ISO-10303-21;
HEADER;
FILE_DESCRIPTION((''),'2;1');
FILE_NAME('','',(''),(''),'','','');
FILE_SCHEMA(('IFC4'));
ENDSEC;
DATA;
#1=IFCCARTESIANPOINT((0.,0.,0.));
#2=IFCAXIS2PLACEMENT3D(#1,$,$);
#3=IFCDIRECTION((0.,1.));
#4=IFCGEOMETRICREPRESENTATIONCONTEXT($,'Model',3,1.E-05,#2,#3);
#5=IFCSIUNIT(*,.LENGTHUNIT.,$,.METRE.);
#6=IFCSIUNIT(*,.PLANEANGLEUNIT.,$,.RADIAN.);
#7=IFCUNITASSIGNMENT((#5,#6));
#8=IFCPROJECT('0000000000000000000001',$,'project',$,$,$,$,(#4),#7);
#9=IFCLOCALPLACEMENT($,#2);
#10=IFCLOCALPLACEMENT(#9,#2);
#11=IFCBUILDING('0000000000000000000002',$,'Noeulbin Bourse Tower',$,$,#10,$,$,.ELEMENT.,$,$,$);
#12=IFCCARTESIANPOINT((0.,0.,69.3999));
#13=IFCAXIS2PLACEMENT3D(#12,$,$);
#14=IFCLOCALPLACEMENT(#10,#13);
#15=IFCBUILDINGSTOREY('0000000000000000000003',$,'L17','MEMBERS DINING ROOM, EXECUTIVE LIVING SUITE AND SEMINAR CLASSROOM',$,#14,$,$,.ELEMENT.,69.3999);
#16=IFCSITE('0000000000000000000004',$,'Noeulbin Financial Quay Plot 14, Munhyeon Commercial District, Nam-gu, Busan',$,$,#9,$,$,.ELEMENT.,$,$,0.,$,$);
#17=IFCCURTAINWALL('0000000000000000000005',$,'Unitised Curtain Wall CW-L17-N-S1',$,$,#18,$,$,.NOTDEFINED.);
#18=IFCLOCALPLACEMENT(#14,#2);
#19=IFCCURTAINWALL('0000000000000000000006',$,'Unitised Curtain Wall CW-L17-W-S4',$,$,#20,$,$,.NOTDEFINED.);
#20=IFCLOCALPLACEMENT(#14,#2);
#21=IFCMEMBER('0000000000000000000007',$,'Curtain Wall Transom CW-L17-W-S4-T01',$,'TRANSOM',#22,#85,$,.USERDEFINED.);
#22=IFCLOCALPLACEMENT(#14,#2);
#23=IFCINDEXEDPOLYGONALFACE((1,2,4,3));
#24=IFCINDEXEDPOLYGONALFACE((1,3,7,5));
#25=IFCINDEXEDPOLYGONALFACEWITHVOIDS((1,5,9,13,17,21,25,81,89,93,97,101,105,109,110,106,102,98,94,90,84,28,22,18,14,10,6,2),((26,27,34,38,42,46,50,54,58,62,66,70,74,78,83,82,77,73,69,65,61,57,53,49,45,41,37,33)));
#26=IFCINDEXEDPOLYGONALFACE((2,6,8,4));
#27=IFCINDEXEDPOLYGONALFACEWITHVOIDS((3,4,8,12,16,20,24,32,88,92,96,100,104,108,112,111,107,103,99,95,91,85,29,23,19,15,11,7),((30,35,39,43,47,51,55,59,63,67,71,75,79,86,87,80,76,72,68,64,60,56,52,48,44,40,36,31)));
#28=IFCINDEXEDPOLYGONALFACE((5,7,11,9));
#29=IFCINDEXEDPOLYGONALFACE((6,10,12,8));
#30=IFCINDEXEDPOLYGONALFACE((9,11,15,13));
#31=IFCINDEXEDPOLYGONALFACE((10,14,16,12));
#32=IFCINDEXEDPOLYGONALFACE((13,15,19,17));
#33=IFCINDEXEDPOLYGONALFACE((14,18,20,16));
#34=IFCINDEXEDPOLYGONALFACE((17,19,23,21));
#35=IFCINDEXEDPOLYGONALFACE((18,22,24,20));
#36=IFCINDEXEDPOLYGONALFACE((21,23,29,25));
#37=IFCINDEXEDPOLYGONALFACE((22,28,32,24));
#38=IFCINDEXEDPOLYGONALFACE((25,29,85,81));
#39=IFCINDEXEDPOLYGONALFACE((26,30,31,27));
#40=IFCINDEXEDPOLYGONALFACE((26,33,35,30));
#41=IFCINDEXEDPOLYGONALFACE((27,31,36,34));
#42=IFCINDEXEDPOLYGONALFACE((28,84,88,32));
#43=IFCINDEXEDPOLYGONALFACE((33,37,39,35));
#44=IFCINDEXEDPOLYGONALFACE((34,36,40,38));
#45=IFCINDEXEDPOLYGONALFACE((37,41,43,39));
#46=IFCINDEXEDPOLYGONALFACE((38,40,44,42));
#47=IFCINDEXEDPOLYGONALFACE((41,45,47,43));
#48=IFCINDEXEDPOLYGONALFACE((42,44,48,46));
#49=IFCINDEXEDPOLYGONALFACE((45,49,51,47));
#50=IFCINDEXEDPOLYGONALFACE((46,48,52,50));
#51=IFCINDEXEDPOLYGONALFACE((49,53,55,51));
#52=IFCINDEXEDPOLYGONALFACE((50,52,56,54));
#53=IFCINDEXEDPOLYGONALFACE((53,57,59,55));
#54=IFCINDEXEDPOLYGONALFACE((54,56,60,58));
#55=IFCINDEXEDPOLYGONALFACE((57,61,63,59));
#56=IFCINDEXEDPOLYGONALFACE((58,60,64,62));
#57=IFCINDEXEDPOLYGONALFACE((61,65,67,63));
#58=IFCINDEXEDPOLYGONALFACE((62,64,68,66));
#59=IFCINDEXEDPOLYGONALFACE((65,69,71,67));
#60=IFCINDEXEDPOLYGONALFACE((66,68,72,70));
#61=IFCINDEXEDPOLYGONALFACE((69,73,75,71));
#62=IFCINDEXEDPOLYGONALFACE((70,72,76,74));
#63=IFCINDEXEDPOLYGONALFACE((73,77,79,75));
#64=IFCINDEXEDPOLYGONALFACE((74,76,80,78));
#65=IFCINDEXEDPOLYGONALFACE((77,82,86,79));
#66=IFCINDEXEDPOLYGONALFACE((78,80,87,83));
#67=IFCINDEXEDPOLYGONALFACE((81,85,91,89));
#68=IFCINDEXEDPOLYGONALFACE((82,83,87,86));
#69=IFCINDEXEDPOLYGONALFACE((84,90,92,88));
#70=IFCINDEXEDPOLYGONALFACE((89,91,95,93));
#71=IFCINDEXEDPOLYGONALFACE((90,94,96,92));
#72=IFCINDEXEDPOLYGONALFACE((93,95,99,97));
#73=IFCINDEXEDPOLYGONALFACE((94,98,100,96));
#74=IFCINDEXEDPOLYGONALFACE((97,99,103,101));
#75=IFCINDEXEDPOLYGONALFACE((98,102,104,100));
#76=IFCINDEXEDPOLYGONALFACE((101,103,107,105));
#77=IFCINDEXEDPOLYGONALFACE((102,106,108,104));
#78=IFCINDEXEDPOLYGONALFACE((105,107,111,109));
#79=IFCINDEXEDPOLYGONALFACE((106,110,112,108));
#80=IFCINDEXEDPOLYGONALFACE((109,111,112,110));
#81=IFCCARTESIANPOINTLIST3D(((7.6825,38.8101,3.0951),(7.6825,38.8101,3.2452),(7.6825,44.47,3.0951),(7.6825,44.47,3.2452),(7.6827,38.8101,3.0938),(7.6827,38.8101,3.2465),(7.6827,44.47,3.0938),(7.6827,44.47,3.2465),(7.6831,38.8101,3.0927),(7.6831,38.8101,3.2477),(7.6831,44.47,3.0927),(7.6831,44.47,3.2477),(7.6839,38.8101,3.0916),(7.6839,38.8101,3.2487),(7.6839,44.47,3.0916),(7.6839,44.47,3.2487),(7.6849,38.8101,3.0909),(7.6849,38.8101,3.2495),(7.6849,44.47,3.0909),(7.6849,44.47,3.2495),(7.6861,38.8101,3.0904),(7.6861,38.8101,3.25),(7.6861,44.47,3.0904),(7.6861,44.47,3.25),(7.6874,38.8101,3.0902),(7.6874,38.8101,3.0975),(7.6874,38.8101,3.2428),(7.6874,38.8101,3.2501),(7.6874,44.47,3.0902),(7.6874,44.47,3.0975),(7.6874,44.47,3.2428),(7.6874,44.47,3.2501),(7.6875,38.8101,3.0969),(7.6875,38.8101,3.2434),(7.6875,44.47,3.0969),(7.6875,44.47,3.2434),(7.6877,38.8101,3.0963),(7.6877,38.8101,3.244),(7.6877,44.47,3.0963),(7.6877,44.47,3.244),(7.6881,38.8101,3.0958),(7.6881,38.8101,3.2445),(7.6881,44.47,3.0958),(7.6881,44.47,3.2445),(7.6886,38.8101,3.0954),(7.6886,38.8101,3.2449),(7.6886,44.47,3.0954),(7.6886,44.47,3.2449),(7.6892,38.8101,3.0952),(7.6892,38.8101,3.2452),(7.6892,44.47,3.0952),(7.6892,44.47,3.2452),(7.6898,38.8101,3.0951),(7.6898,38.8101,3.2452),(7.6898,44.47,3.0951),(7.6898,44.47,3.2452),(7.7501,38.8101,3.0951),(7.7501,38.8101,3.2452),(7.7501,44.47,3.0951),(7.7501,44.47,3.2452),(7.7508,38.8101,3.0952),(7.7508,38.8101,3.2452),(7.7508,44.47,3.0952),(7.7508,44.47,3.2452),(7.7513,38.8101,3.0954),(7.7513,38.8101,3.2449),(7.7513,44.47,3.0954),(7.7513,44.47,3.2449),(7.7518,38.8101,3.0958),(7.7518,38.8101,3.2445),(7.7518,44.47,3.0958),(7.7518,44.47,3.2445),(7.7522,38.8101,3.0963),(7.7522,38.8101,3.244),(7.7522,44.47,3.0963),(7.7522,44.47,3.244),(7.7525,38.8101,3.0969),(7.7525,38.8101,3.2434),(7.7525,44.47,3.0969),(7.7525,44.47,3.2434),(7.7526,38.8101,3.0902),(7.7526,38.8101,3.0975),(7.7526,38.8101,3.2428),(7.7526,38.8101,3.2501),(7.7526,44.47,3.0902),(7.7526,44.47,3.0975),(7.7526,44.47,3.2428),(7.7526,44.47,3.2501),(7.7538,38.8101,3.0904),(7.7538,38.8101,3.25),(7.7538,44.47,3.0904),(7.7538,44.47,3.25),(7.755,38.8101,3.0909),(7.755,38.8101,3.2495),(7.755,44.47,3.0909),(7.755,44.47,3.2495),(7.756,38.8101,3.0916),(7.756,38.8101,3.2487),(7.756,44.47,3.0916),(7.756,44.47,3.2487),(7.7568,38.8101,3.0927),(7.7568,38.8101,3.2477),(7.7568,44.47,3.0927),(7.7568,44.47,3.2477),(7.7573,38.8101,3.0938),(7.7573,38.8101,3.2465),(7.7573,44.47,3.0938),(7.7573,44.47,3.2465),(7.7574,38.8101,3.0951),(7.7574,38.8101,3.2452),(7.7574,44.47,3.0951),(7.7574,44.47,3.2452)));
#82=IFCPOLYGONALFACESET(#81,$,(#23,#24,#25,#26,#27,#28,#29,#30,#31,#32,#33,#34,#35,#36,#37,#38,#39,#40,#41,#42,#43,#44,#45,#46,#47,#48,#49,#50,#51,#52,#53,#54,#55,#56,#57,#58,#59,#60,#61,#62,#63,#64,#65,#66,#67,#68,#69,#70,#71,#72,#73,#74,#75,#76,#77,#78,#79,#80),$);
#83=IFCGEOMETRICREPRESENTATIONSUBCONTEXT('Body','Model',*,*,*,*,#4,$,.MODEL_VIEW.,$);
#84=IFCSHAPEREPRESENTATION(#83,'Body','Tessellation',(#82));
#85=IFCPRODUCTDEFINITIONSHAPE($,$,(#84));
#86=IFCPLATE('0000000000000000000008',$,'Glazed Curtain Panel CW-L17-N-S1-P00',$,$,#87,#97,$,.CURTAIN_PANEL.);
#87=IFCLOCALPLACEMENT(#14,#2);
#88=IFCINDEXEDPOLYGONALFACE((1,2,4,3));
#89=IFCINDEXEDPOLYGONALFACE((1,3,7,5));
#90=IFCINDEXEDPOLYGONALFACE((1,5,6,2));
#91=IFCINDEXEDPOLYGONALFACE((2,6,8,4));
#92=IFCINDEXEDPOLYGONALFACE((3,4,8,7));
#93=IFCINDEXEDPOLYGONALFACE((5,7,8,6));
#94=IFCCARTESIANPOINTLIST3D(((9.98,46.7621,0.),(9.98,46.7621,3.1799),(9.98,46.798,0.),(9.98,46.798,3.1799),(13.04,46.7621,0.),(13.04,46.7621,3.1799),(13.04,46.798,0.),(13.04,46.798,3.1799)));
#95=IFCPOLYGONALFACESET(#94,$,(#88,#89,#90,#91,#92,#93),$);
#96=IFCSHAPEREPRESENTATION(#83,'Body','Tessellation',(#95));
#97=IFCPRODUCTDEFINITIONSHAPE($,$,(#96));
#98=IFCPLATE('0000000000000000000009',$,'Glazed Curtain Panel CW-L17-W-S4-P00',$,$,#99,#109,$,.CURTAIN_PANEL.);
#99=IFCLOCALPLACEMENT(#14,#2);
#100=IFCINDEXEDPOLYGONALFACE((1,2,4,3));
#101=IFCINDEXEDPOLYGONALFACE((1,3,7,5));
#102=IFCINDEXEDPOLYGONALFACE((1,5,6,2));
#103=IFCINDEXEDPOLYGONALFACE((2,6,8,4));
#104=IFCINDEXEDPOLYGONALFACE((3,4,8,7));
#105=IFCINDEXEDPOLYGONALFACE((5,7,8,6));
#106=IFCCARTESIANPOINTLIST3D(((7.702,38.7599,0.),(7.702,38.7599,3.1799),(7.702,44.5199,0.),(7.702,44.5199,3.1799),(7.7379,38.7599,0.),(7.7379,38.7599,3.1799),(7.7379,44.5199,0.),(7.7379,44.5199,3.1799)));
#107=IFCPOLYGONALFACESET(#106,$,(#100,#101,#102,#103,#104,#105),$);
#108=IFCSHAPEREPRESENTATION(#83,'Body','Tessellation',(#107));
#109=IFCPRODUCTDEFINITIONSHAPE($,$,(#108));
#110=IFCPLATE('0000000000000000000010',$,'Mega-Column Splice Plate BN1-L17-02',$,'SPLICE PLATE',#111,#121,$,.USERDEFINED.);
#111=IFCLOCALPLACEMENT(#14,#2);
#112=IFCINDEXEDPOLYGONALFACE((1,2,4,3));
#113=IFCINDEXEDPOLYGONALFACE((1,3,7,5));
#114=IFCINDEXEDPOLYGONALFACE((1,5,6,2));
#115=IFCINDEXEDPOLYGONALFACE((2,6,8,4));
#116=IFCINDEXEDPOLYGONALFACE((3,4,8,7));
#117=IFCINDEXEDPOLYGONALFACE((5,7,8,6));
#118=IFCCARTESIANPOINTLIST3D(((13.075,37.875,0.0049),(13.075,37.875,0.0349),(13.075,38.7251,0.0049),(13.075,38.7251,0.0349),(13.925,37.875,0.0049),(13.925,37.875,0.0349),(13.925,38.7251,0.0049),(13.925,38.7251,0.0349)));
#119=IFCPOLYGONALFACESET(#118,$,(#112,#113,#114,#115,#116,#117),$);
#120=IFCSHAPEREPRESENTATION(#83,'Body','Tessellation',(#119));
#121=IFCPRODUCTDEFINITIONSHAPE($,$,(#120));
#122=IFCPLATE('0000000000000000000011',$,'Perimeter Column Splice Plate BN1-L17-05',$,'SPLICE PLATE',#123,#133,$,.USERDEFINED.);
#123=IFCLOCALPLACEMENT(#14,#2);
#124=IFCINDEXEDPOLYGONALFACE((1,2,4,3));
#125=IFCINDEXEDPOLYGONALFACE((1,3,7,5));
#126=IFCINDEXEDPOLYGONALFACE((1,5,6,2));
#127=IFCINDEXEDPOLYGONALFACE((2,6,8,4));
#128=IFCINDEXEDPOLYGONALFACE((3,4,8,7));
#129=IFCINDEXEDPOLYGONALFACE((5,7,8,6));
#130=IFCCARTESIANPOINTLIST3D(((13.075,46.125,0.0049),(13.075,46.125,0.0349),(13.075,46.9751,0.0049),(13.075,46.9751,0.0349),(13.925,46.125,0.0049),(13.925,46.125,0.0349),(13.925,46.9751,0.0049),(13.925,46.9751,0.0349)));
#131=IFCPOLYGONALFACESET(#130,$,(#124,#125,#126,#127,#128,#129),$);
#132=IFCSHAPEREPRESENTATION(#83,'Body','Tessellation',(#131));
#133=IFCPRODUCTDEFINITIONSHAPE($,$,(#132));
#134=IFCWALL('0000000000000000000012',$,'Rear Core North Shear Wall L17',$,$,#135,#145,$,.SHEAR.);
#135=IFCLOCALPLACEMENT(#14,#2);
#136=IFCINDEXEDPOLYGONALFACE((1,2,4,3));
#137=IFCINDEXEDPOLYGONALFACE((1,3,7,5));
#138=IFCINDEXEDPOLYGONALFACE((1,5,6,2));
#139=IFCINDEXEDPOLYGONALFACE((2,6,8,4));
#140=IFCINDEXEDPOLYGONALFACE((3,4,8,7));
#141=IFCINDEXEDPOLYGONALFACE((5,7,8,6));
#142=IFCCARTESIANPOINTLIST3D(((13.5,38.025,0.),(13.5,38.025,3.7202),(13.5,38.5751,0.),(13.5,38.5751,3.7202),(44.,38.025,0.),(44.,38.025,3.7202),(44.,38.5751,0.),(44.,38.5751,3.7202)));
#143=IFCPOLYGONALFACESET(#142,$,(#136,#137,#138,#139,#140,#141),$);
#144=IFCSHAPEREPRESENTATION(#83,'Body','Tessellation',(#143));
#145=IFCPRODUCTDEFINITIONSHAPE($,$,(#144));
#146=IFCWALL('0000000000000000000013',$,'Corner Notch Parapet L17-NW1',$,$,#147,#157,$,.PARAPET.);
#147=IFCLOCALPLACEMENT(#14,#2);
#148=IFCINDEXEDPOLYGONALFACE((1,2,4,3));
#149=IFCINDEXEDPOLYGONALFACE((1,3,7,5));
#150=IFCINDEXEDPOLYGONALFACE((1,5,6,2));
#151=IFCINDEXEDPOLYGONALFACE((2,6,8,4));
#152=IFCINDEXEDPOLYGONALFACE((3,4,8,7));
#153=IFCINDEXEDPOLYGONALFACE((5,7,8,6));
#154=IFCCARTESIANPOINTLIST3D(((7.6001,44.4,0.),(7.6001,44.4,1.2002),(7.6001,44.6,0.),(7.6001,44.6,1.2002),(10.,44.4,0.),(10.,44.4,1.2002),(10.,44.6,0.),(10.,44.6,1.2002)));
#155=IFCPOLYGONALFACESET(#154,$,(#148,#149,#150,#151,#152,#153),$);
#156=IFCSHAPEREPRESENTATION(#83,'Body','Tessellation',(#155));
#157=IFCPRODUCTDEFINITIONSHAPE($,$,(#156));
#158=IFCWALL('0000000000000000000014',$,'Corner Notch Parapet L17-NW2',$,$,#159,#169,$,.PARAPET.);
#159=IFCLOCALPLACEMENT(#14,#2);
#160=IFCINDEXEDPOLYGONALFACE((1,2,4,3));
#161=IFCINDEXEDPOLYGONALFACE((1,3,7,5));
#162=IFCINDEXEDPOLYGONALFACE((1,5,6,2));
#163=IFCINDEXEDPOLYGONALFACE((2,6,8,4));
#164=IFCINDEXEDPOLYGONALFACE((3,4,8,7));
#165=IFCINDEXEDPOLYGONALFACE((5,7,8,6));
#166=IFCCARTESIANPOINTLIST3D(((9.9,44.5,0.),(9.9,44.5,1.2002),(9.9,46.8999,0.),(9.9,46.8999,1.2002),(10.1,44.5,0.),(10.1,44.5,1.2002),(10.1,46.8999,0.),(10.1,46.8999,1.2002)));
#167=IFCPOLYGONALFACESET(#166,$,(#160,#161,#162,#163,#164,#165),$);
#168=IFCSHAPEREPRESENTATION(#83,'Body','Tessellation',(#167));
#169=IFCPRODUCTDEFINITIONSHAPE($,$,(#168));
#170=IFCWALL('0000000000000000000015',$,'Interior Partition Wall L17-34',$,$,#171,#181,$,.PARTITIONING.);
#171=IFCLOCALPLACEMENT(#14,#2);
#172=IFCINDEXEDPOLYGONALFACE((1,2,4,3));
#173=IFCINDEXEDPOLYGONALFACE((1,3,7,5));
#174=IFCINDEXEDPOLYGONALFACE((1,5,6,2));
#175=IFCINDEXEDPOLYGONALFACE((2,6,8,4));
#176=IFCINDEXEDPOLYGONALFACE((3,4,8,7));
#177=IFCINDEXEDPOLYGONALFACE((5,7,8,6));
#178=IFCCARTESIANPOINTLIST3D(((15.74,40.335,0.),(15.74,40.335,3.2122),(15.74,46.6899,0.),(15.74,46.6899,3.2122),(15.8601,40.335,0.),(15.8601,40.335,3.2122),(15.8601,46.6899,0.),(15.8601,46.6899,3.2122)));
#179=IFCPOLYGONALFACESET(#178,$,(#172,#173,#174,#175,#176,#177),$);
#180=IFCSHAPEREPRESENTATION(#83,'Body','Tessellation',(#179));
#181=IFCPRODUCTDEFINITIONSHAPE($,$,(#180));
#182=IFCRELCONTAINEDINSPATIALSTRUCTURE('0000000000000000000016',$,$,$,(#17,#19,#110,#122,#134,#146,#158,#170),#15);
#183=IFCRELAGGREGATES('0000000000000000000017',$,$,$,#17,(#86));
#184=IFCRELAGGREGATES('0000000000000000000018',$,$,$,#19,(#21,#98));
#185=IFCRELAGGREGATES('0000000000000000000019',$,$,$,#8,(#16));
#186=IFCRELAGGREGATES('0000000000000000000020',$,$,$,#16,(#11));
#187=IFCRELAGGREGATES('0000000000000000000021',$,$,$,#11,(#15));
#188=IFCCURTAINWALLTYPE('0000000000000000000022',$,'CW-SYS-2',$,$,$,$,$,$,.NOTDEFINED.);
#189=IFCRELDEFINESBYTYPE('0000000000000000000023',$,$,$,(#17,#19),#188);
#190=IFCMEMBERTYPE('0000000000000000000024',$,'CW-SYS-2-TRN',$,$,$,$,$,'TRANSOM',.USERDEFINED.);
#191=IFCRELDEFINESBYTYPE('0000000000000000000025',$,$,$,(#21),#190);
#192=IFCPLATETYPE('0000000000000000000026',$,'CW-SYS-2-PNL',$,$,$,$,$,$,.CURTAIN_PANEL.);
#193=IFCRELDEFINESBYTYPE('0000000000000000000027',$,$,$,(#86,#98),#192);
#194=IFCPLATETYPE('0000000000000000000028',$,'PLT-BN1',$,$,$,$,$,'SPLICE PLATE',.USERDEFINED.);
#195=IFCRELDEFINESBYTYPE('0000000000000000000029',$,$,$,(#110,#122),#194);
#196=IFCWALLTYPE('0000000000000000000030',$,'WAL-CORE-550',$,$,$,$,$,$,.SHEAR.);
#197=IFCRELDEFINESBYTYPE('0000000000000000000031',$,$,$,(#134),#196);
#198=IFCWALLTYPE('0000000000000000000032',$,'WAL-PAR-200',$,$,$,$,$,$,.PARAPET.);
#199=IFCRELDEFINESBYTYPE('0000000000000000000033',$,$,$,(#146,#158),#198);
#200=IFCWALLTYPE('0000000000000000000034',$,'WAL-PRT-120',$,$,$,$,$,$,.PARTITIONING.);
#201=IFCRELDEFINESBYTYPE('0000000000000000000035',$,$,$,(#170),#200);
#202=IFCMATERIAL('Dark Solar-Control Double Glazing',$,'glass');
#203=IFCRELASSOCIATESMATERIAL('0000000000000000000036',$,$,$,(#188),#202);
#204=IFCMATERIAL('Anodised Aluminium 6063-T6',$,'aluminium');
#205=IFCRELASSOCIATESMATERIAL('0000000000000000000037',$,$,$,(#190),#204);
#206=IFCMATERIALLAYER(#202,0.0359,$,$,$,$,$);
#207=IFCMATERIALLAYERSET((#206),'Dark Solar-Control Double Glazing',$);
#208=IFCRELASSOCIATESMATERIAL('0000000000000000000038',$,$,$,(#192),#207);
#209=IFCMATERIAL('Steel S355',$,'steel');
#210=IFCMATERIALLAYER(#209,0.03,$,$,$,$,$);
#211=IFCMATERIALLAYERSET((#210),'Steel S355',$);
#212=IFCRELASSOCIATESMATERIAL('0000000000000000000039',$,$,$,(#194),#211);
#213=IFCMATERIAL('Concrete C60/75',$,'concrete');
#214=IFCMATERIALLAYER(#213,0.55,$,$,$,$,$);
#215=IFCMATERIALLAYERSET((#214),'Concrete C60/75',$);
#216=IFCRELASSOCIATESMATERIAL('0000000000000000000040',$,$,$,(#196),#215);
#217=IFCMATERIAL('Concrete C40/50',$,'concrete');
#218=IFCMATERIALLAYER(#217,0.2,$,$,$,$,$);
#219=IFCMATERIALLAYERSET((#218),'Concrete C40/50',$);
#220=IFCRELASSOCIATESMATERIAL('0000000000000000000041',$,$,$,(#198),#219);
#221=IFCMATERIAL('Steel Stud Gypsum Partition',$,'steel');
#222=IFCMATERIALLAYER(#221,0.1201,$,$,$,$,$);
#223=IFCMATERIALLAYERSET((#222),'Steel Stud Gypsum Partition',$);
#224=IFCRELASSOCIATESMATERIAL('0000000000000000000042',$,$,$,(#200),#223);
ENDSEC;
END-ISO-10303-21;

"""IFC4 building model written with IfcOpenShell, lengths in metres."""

from ifc_helpers import new_model, si_unit, direction, frame, frame_2d, origin, origin_2d, place, context, subcontext, project, spatial, rectangle, hollow_rectangle, extrude, material, layer, layer_set, material_profile, profile_set, type_object, element, aggregate, save


model = new_model("IFC4")

# Units and contexts
model_context = context("Model", 3, precision=1e-05, world=origin(), true_north=direction((0.0, 1.0)))
body_context = subcontext(model_context, "Body", "Model", "MODEL_VIEW")
ifc_project = project(units=[si_unit("LENGTHUNIT", "METRE"), si_unit("PLANEANGLEUNIT", "RADIAN")], contexts=[model_context])

# Site, building, storey
site_placement = place(None, origin())
site = spatial("IfcSite", under=ifc_project, at=site_placement, Name="Noeulbin Financial Quay Plot 14, Munhyeon Commercial District, Nam-gu, Busan", CompositionType="ELEMENT", RefElevation=0.0)
building_placement = place(site_placement, origin())
building = spatial("IfcBuilding", under=site, at=building_placement, Name="Noeulbin Bourse Tower", CompositionType="ELEMENT")
storey_placement = place(building_placement, frame((0.0, 0.0, 69.3999)))
storey = spatial("IfcBuildingStorey", under=building, at=storey_placement, Name="L17", Description="MEMBERS DINING ROOM, EXECUTIVE LIVING SUITE AND SEMINAR CLASSROOM", CompositionType="ELEMENT", Elevation=69.3999)

# Shared definitions
ifc_material_1 = material(Name="Steel S355", Category="steel")

# Curtain wall
ifc_material_2 = material(Name="Dark Solar-Control Double Glazing", Category="glass")
curtain_wall_type = type_object("IfcCurtainWallType", Name="CW-SYS-2", PredefinedType="NOTDEFINED", material=ifc_material_2)
curtain_wall_1_placement = place(storey_placement, origin())
curtain_wall_1 = element("IfcCurtainWall", 1, at=curtain_wall_1_placement, inside=storey, type_object=curtain_wall_type, Name="Unitised Curtain Wall CW-L17-N-S1", PredefinedType="NOTDEFINED")
ifc_material_3 = material(Name="Anodised Aluminium 6063-T6", Category="aluminium")

# Curtain wall
curtain_wall_2_placement = place(storey_placement, origin())
curtain_wall_2 = element("IfcCurtainWall", 2, at=curtain_wall_2_placement, inside=storey, type_object=curtain_wall_type, Name="Unitised Curtain Wall CW-L17-W-S4", PredefinedType="NOTDEFINED")

# Member
ifc_material_profile_1 = material_profile(ifc_material_3, hollow_rectangle(XDim=0.075, YDim=0.1599, WallThickness=0.0049, InnerFilletRadius=0.0024, OuterFilletRadius=0.0049, at=origin_2d()), Name="ALU-TRAN-75x160x5", Category="LoadBearing")
ifc_profile_set_1 = profile_set([ifc_material_profile_1], Name="Anodised Aluminium 6063-T6")
member_type_1 = type_object("IfcMemberType", Name="CW-SYS-2-TRN", ElementType="TRANSOM", PredefinedType="USERDEFINED", material=ifc_profile_set_1)
member_1_placement = place(storey_placement, frame((7.72, 38.8101, 3.1702), z_axis=(0.0, 1.0, 0.0), x_axis=(-1.0, 0.0, 0.0)))
member_1 = element("IfcMember", 3, at=member_1_placement, type_object=member_type_1, Name="Curtain Wall Transom CW-L17-W-S4-T01", ObjectType="TRANSOM", PredefinedType="USERDEFINED", context=body_context, shape_type="SweptSolid", body=[
    extrude(hollow_rectangle(XDim=0.075, YDim=0.1599, WallThickness=0.0049, InnerFilletRadius=0.0024, OuterFilletRadius=0.0049, at=origin_2d()), origin(), (0.0, 0.0, 1.0), 5.6599),
])

# Plates
ifc_layer_1 = layer(ifc_material_2, 0.0359)
ifc_layer_set_1 = layer_set([ifc_layer_1], Name="Dark Solar-Control Double Glazing")
plate_type_1 = type_object("IfcPlateType", Name="CW-SYS-2-PNL", PredefinedType="CURTAIN_PANEL", material=ifc_layer_set_1)
plate_1_placement = place(storey_placement, frame((11.51, 46.78, 0.0), z_axis=(0.0, 0.0, 1.0), x_axis=(1.0, 0.0, 0.0)))
plate_1 = element("IfcPlate", 4, at=plate_1_placement, type_object=plate_type_1, Name="Glazed Curtain Panel CW-L17-N-S1-P00", PredefinedType="CURTAIN_PANEL", context=body_context, shape_type="SweptSolid", body=[
    extrude(rectangle(XDim=3.0601, YDim=0.0359, at=origin_2d()), origin(), (0.0, 0.0, 1.0), 3.1799),
])
aggregate(curtain_wall_1, [plate_1])
plate_2_placement = place(storey_placement, frame((7.72, 41.6399, 0.0), z_axis=(0.0, 0.0, 1.0), x_axis=(0.0, 1.0, 0.0)))
plate_2 = element("IfcPlate", 5, at=plate_2_placement, type_object=plate_type_1, Name="Glazed Curtain Panel CW-L17-W-S4-P00", PredefinedType="CURTAIN_PANEL", context=body_context, shape_type="SweptSolid", body=[
    extrude(rectangle(XDim=5.76, YDim=0.0359, at=origin_2d()), origin(), (0.0, 0.0, 1.0), 3.1799),
])
aggregate(curtain_wall_2, [member_1, plate_2])

# Plates
ifc_layer_2 = layer(ifc_material_1, 0.03)
ifc_layer_set_2 = layer_set([ifc_layer_2], Name="Steel S355")
plate_type_2 = type_object("IfcPlateType", Name="PLT-BN1", ElementType="SPLICE PLATE", PredefinedType="USERDEFINED", material=ifc_layer_set_2)
for number, where, z_axis, x_axis, name in (
    (6, (13.5, 38.3, 0.0049), (0.0, 0.0, 1.0), (1.0, 0.0, 0.0), "Mega-Column Splice Plate BN1-L17-02"),
    (7, (13.5, 46.55, 0.0049), (0.0, 0.0, 1.0), (1.0, 0.0, 0.0), "Perimeter Column Splice Plate BN1-L17-05"),
):
    element("IfcPlate", number, at=place(storey_placement, frame(where, z_axis=z_axis, x_axis=x_axis)), inside=storey, type_object=plate_type_2, Name=name, ObjectType="SPLICE PLATE", PredefinedType="USERDEFINED", context=body_context, shape_type="SweptSolid", body=[
        extrude(rectangle(XDim=0.8501, YDim=0.8501, at=origin_2d()), origin(), (0.0, 0.0, 1.0), 0.03),
    ])

# Walls
ifc_material_4 = material(Name="Concrete C60/75", Category="concrete")
ifc_layer_3 = layer(ifc_material_4, 0.55)
ifc_layer_set_3 = layer_set([ifc_layer_3], Name="Concrete C60/75")
wall_type_1 = type_object("IfcWallType", Name="WAL-CORE-550", PredefinedType="SHEAR", material=ifc_layer_set_3)
wall_1_placement = place(storey_placement, frame((13.5, 38.3, 0.0), z_axis=(0.0, 0.0, 1.0), x_axis=(1.0, 0.0, 0.0)))
element("IfcWall", 8, at=wall_1_placement, inside=storey, type_object=wall_type_1, Name="Rear Core North Shear Wall L17", PredefinedType="SHEAR", context=body_context, shape_type="SweptSolid", body=[
    extrude(rectangle(XDim=30.5, YDim=0.55, at=frame_2d((15.25, 0.0))), origin(), (0.0, 0.0, 1.0), 3.7202),
])
ifc_material_5 = material(Name="Concrete C40/50", Category="concrete")
ifc_layer_4 = layer(ifc_material_5, 0.2)
ifc_layer_set_4 = layer_set([ifc_layer_4], Name="Concrete C40/50")
wall_type_2 = type_object("IfcWallType", Name="WAL-PAR-200", PredefinedType="PARAPET", material=ifc_layer_set_4)
for number, where, z_axis, x_axis, name in (
    (9, (7.6001, 44.5, 0.0), (0.0, 0.0, 1.0), (1.0, 0.0, 0.0), "Corner Notch Parapet L17-NW1"),
    (10, (10.0, 44.5, 0.0), (0.0, 0.0, 1.0), (0.0, 1.0, 0.0), "Corner Notch Parapet L17-NW2"),
):
    element("IfcWall", number, at=place(storey_placement, frame(where, z_axis=z_axis, x_axis=x_axis)), inside=storey, type_object=wall_type_2, Name=name, PredefinedType="PARAPET", context=body_context, shape_type="SweptSolid", body=[
        extrude(rectangle(XDim=2.3999, YDim=0.2, at=frame_2d((1.2, 0.0))), origin(), (0.0, 0.0, 1.0), 1.2002),
    ])
ifc_material_6 = material(Name="Steel Stud Gypsum Partition", Category="steel")
ifc_layer_5 = layer(ifc_material_6, 0.1201)
ifc_layer_set_5 = layer_set([ifc_layer_5], Name="Steel Stud Gypsum Partition")
wall_type_3 = type_object("IfcWallType", Name="WAL-PRT-120", PredefinedType="PARTITIONING", material=ifc_layer_set_5)
wall_2_placement = place(storey_placement, frame((15.8, 40.335, 0.0), z_axis=(0.0, 0.0, 1.0), x_axis=(0.0, 1.0, 0.0)))
element("IfcWall", 11, at=wall_2_placement, inside=storey, type_object=wall_type_3, Name="Interior Partition Wall L17-34", PredefinedType="PARTITIONING", context=body_context, shape_type="SweptSolid", body=[
    extrude(rectangle(XDim=6.355, YDim=0.1201, at=frame_2d((3.1775, 0.0))), origin(), (0.0, 0.0, 1.0), 3.2122),
])

save(model, "model.ifc")
